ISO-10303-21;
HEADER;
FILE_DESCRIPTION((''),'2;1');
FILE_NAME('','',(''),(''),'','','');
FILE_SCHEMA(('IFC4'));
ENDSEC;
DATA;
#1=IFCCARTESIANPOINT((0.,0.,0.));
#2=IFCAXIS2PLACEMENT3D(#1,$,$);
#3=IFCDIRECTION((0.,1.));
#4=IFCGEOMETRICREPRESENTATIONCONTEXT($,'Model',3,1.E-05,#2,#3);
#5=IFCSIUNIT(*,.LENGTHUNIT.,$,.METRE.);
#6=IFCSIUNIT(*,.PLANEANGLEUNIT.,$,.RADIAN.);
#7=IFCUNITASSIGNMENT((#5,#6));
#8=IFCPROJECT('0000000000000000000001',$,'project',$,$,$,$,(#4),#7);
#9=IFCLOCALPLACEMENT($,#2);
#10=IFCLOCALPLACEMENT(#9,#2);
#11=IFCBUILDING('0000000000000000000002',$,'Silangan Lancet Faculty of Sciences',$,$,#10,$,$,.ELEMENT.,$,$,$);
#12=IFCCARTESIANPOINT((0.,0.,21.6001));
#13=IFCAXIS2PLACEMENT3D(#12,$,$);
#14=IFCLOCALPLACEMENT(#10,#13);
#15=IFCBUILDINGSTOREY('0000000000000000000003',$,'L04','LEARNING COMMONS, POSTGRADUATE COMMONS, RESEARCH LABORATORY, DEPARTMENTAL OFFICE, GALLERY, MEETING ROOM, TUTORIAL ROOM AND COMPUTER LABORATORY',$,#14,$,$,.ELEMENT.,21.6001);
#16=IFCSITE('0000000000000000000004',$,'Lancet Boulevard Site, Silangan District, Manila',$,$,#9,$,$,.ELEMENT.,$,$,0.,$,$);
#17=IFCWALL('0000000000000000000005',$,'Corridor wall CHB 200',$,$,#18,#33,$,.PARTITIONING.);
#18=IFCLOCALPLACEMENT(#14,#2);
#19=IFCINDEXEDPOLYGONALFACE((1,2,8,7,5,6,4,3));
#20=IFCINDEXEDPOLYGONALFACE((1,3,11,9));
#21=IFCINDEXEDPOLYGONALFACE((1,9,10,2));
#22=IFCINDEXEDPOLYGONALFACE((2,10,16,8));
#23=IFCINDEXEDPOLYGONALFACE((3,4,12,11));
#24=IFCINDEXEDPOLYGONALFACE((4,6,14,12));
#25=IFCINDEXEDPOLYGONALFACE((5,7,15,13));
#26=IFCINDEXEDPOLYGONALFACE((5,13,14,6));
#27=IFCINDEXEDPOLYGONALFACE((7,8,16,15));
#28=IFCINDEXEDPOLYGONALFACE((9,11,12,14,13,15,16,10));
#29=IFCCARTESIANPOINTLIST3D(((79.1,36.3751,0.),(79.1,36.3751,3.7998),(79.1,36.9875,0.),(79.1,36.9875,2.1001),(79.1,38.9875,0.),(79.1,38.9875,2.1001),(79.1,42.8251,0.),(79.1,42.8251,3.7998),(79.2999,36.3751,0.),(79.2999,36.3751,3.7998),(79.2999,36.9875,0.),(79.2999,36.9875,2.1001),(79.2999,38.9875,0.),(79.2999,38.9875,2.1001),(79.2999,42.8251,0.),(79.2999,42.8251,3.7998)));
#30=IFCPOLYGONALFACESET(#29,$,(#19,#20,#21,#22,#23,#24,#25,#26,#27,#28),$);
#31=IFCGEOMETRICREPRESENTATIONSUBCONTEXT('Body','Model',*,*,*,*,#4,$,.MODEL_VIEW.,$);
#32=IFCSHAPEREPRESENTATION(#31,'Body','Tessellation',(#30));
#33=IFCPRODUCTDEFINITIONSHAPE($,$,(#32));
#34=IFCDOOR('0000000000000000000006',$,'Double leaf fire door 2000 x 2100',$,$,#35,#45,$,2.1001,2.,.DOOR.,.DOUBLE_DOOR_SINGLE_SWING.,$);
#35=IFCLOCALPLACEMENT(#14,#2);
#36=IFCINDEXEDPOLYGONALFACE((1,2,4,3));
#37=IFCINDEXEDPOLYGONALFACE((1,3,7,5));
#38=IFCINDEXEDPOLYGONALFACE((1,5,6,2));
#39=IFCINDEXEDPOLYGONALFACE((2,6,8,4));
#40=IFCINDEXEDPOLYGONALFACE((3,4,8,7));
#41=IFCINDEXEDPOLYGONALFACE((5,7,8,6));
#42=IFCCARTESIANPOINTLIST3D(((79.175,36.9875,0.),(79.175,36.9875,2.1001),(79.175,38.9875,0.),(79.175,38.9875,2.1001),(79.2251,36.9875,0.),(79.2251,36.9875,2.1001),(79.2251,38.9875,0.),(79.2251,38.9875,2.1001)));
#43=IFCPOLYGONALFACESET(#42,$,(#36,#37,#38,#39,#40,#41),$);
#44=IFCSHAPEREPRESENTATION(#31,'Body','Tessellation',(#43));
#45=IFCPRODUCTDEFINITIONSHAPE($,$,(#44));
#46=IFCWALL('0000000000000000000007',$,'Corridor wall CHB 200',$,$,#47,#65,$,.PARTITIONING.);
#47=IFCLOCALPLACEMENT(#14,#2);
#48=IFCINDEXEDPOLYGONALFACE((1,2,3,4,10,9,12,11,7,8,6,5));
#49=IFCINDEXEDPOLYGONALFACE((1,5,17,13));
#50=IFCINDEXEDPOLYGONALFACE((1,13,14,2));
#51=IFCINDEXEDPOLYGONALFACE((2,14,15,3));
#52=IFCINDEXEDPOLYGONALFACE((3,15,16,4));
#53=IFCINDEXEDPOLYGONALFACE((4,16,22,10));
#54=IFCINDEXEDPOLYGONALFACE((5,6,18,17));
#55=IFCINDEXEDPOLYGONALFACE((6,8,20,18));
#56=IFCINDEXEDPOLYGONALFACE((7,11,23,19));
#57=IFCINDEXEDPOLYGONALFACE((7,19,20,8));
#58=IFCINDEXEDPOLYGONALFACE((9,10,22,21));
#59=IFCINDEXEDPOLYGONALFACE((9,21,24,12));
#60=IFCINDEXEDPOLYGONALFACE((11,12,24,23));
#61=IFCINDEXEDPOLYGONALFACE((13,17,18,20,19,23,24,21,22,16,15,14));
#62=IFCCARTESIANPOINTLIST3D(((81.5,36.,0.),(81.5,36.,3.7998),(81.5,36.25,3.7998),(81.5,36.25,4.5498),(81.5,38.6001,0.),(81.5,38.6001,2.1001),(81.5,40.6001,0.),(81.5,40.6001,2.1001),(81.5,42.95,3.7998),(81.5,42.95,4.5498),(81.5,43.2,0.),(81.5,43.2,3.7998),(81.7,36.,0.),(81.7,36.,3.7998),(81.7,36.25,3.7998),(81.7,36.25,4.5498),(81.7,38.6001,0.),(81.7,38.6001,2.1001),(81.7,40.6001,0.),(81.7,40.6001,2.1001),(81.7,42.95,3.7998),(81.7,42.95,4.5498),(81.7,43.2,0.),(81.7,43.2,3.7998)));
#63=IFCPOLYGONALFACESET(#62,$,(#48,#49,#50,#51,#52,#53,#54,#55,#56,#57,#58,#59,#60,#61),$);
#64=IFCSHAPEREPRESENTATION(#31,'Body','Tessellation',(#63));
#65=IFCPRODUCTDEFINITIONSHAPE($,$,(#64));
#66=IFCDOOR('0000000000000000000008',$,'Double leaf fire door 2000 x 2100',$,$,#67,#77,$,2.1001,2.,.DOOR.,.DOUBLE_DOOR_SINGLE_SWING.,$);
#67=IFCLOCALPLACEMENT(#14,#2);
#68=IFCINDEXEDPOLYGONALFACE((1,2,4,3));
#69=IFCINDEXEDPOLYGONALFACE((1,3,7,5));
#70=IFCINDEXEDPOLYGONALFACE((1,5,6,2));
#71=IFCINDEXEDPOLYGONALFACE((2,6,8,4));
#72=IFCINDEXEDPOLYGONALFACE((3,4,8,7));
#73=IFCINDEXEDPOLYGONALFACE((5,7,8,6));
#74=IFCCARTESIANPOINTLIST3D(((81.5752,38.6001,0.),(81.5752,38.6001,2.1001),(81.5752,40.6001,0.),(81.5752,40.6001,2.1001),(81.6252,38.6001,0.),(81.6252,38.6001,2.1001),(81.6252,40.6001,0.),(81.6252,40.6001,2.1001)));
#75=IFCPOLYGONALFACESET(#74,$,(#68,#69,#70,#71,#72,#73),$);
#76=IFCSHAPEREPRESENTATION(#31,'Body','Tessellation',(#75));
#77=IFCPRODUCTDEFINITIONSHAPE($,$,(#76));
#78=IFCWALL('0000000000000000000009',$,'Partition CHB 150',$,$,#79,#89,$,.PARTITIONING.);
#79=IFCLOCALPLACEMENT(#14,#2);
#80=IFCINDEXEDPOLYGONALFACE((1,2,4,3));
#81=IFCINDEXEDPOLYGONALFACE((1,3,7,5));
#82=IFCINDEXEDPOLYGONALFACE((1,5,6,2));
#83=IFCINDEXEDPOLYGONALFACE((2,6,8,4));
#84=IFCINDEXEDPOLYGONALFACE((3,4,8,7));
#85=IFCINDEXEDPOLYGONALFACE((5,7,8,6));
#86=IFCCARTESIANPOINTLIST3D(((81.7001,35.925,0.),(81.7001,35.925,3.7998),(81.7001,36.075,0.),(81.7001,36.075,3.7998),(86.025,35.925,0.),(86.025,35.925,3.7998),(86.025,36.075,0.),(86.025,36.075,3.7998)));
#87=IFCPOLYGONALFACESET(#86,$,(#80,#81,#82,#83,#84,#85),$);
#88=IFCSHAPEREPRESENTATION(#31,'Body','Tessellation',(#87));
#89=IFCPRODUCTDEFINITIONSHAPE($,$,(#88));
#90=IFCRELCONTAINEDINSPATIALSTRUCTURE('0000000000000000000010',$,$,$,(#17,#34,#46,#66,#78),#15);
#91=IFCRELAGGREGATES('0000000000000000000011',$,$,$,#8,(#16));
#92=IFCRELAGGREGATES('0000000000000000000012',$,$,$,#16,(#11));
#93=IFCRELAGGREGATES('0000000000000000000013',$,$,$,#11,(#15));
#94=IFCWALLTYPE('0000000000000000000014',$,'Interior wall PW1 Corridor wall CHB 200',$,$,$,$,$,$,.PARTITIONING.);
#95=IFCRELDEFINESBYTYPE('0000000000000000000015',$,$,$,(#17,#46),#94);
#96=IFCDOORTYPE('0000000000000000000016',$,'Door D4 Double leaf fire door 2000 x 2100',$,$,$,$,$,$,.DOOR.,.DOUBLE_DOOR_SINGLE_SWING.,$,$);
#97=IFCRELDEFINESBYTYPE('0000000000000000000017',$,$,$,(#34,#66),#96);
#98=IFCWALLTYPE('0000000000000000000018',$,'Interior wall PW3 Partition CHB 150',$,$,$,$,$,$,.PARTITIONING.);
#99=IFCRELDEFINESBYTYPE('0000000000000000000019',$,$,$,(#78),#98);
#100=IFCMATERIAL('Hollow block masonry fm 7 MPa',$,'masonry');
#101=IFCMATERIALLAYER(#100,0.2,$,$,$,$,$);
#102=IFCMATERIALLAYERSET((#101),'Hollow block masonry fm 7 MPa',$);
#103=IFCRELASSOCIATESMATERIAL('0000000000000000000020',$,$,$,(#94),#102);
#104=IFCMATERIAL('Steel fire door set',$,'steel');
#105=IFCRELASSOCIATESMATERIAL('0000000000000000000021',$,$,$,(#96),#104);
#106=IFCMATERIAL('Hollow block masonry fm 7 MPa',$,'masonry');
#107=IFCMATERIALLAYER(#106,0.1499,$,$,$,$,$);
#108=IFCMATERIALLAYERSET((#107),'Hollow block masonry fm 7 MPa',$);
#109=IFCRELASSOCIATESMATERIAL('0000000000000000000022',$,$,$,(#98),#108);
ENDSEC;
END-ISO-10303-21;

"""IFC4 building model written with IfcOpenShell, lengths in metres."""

from ifc_helpers import new_model, si_unit, direction, frame, frame_2d, origin, place, context, subcontext, project, spatial, polyline, rectangle, outline, extrude, material, layer, layer_set, type_object, element, fill, save


model = new_model("IFC4")

# Units and contexts
model_context = context("Model", 3, precision=1e-05, world=origin(), true_north=direction((0.0, 1.0)))
body_context = subcontext(model_context, "Body", "Model", "MODEL_VIEW")
ifc_project = project(units=[si_unit("LENGTHUNIT", "METRE"), si_unit("PLANEANGLEUNIT", "RADIAN")], contexts=[model_context])

# Site, building, storey
site_placement = place(None, origin())
site = spatial("IfcSite", under=ifc_project, at=site_placement, Name="Lancet Boulevard Site, Silangan District, Manila", CompositionType="ELEMENT", RefElevation=0.0)
building_placement = place(site_placement, origin())
building = spatial("IfcBuilding", under=site, at=building_placement, Name="Silangan Lancet Faculty of Sciences", CompositionType="ELEMENT")
storey_placement = place(building_placement, frame((0.0, 0.0, 21.6001)))
storey = spatial("IfcBuildingStorey", under=building, at=storey_placement, Name="L04", Description="LEARNING COMMONS, POSTGRADUATE COMMONS, RESEARCH LABORATORY, DEPARTMENTAL OFFICE, GALLERY, MEETING ROOM, TUTORIAL ROOM AND COMPUTER LABORATORY", CompositionType="ELEMENT", Elevation=21.6001)

# Walls, openings, doors
ifc_material_1 = material(Name="Hollow block masonry fm 7 MPa", Category="masonry")
ifc_layer_1 = layer(ifc_material_1, 0.2)
ifc_layer_set_1 = layer_set([ifc_layer_1], Name="Hollow block masonry fm 7 MPa")
wall_type_1 = type_object("IfcWallType", Name="Interior wall PW1 Corridor wall CHB 200", PredefinedType="PARTITIONING", material=ifc_layer_set_1)
wall_1_placement = place(storey_placement, frame((79.2, 36.375, 0.0), z_axis=(0.0, 0.0, 1.0), x_axis=(0.0, 1.0, 0.0)))
wall_1 = element("IfcWall", 1, at=wall_1_placement, inside=storey, type_object=wall_type_1, Name="Corridor wall CHB 200", PredefinedType="PARTITIONING", context=body_context, shape_type="SweptSolid", body=[
    extrude(rectangle(XDim=6.45, YDim=0.2, at=frame_2d((3.2251, 0.0))), origin(), (0.0, 0.0, 1.0), 3.7998),
])
opening_1_placement = place(wall_1_placement, frame((0.6125, 0.0, 0.0)))
opening_1 = element("IfcOpeningElement", 2, at=opening_1_placement, cuts=wall_1, PredefinedType="OPENING", context=body_context, shape_type="SweptSolid", body=[
    extrude(rectangle(XDim=2.0, YDim=2.1001, at=frame_2d((1.0, 1.05))), frame((0.0, 0.1099, 0.0), z_axis=(0.0, -1.0, 0.0), x_axis=(1.0, 0.0, 0.0)), (0.0, 0.0, 1.0), 0.22),
])
ifc_material_2 = material(Name="Steel fire door set", Category="steel")
door_type = type_object("IfcDoorType", Name="Door D4 Double leaf fire door 2000 x 2100", OperationType="DOUBLE_DOOR_SINGLE_SWING", PredefinedType="DOOR", material=ifc_material_2)
door_1_placement = place(opening_1_placement, origin())
door_1 = element("IfcDoor", 3, at=door_1_placement, inside=storey, type_object=door_type, Name="Double leaf fire door 2000 x 2100", OperationType="DOUBLE_DOOR_SINGLE_SWING", OverallHeight=2.1001, OverallWidth=2.0, PredefinedType="DOOR", context=body_context, shape_type="SweptSolid", body=[
    extrude(rectangle(XDim=2.0, YDim=2.1001, at=frame_2d((1.0, 1.05))), frame((0.0, 0.0249, 0.0), z_axis=(0.0, -1.0, 0.0), x_axis=(1.0, 0.0, 0.0)), (0.0, 0.0, 1.0), 0.05),
])
fill(opening_1, door_1)
wall_2_placement = place(storey_placement, frame((81.6001, 36.0, 0.0), z_axis=(0.0, 0.0, 1.0), x_axis=(0.0, 1.0, 0.0)))
wall_2 = element("IfcWall", 4, at=wall_2_placement, inside=storey, type_object=wall_type_1, Name="Corridor wall CHB 200", PredefinedType="PARTITIONING", context=body_context, shape_type="SweptSolid", body=[
    extrude(outline(polyline([(0.0, 0.0), (7.2, 0.0), (7.2, 3.7998), (6.95, 3.7998), (6.95, 4.5498), (0.25, 4.5498), (0.25, 3.7998), (0.0, 3.7998), (0.0, 0.0)])), frame((0.0, 0.1001, 0.0), z_axis=(0.0, -1.0, 0.0), x_axis=(1.0, 0.0, 0.0)), (0.0, 0.0, 1.0), 0.2),
])
opening_2_placement = place(wall_2_placement, frame((2.6001, 0.0, 0.0)))
opening_2 = element("IfcOpeningElement", 5, at=opening_2_placement, cuts=wall_2, PredefinedType="OPENING", context=body_context, shape_type="SweptSolid", body=[
    extrude(rectangle(XDim=2.0, YDim=2.1001, at=frame_2d((1.0, 1.05))), frame((0.0, 0.1099, 0.0), z_axis=(0.0, -1.0, 0.0), x_axis=(1.0, 0.0, 0.0)), (0.0, 0.0, 1.0), 0.22),
])
door_2_placement = place(opening_2_placement, origin())
door_2 = element("IfcDoor", 6, at=door_2_placement, inside=storey, type_object=door_type, Name="Double leaf fire door 2000 x 2100", OperationType="DOUBLE_DOOR_SINGLE_SWING", OverallHeight=2.1001, OverallWidth=2.0, PredefinedType="DOOR", context=body_context, shape_type="SweptSolid", body=[
    extrude(rectangle(XDim=2.0, YDim=2.1001, at=frame_2d((1.0, 1.05))), frame((0.0, 0.0249, 0.0), z_axis=(0.0, -1.0, 0.0), x_axis=(1.0, 0.0, 0.0)), (0.0, 0.0, 1.0), 0.05),
])
fill(opening_2, door_2)

# Wall
ifc_material_3 = material(Name="Hollow block masonry fm 7 MPa", Category="masonry")
ifc_layer_2 = layer(ifc_material_3, 0.1499)
ifc_layer_set_2 = layer_set([ifc_layer_2], Name="Hollow block masonry fm 7 MPa")
wall_type_2 = type_object("IfcWallType", Name="Interior wall PW3 Partition CHB 150", PredefinedType="PARTITIONING", material=ifc_layer_set_2)
wall_3_placement = place(storey_placement, frame((81.7, 36.0, 0.0), z_axis=(0.0, 0.0, 1.0), x_axis=(1.0, 0.0, 0.0)))
element("IfcWall", 7, at=wall_3_placement, inside=storey, type_object=wall_type_2, Name="Partition CHB 150", PredefinedType="PARTITIONING", context=body_context, shape_type="SweptSolid", body=[
    extrude(rectangle(XDim=4.325, YDim=0.1499, at=frame_2d((2.1626, 0.0))), origin(), (0.0, 0.0, 1.0), 3.7998),
])

save(model, "model.ifc")
